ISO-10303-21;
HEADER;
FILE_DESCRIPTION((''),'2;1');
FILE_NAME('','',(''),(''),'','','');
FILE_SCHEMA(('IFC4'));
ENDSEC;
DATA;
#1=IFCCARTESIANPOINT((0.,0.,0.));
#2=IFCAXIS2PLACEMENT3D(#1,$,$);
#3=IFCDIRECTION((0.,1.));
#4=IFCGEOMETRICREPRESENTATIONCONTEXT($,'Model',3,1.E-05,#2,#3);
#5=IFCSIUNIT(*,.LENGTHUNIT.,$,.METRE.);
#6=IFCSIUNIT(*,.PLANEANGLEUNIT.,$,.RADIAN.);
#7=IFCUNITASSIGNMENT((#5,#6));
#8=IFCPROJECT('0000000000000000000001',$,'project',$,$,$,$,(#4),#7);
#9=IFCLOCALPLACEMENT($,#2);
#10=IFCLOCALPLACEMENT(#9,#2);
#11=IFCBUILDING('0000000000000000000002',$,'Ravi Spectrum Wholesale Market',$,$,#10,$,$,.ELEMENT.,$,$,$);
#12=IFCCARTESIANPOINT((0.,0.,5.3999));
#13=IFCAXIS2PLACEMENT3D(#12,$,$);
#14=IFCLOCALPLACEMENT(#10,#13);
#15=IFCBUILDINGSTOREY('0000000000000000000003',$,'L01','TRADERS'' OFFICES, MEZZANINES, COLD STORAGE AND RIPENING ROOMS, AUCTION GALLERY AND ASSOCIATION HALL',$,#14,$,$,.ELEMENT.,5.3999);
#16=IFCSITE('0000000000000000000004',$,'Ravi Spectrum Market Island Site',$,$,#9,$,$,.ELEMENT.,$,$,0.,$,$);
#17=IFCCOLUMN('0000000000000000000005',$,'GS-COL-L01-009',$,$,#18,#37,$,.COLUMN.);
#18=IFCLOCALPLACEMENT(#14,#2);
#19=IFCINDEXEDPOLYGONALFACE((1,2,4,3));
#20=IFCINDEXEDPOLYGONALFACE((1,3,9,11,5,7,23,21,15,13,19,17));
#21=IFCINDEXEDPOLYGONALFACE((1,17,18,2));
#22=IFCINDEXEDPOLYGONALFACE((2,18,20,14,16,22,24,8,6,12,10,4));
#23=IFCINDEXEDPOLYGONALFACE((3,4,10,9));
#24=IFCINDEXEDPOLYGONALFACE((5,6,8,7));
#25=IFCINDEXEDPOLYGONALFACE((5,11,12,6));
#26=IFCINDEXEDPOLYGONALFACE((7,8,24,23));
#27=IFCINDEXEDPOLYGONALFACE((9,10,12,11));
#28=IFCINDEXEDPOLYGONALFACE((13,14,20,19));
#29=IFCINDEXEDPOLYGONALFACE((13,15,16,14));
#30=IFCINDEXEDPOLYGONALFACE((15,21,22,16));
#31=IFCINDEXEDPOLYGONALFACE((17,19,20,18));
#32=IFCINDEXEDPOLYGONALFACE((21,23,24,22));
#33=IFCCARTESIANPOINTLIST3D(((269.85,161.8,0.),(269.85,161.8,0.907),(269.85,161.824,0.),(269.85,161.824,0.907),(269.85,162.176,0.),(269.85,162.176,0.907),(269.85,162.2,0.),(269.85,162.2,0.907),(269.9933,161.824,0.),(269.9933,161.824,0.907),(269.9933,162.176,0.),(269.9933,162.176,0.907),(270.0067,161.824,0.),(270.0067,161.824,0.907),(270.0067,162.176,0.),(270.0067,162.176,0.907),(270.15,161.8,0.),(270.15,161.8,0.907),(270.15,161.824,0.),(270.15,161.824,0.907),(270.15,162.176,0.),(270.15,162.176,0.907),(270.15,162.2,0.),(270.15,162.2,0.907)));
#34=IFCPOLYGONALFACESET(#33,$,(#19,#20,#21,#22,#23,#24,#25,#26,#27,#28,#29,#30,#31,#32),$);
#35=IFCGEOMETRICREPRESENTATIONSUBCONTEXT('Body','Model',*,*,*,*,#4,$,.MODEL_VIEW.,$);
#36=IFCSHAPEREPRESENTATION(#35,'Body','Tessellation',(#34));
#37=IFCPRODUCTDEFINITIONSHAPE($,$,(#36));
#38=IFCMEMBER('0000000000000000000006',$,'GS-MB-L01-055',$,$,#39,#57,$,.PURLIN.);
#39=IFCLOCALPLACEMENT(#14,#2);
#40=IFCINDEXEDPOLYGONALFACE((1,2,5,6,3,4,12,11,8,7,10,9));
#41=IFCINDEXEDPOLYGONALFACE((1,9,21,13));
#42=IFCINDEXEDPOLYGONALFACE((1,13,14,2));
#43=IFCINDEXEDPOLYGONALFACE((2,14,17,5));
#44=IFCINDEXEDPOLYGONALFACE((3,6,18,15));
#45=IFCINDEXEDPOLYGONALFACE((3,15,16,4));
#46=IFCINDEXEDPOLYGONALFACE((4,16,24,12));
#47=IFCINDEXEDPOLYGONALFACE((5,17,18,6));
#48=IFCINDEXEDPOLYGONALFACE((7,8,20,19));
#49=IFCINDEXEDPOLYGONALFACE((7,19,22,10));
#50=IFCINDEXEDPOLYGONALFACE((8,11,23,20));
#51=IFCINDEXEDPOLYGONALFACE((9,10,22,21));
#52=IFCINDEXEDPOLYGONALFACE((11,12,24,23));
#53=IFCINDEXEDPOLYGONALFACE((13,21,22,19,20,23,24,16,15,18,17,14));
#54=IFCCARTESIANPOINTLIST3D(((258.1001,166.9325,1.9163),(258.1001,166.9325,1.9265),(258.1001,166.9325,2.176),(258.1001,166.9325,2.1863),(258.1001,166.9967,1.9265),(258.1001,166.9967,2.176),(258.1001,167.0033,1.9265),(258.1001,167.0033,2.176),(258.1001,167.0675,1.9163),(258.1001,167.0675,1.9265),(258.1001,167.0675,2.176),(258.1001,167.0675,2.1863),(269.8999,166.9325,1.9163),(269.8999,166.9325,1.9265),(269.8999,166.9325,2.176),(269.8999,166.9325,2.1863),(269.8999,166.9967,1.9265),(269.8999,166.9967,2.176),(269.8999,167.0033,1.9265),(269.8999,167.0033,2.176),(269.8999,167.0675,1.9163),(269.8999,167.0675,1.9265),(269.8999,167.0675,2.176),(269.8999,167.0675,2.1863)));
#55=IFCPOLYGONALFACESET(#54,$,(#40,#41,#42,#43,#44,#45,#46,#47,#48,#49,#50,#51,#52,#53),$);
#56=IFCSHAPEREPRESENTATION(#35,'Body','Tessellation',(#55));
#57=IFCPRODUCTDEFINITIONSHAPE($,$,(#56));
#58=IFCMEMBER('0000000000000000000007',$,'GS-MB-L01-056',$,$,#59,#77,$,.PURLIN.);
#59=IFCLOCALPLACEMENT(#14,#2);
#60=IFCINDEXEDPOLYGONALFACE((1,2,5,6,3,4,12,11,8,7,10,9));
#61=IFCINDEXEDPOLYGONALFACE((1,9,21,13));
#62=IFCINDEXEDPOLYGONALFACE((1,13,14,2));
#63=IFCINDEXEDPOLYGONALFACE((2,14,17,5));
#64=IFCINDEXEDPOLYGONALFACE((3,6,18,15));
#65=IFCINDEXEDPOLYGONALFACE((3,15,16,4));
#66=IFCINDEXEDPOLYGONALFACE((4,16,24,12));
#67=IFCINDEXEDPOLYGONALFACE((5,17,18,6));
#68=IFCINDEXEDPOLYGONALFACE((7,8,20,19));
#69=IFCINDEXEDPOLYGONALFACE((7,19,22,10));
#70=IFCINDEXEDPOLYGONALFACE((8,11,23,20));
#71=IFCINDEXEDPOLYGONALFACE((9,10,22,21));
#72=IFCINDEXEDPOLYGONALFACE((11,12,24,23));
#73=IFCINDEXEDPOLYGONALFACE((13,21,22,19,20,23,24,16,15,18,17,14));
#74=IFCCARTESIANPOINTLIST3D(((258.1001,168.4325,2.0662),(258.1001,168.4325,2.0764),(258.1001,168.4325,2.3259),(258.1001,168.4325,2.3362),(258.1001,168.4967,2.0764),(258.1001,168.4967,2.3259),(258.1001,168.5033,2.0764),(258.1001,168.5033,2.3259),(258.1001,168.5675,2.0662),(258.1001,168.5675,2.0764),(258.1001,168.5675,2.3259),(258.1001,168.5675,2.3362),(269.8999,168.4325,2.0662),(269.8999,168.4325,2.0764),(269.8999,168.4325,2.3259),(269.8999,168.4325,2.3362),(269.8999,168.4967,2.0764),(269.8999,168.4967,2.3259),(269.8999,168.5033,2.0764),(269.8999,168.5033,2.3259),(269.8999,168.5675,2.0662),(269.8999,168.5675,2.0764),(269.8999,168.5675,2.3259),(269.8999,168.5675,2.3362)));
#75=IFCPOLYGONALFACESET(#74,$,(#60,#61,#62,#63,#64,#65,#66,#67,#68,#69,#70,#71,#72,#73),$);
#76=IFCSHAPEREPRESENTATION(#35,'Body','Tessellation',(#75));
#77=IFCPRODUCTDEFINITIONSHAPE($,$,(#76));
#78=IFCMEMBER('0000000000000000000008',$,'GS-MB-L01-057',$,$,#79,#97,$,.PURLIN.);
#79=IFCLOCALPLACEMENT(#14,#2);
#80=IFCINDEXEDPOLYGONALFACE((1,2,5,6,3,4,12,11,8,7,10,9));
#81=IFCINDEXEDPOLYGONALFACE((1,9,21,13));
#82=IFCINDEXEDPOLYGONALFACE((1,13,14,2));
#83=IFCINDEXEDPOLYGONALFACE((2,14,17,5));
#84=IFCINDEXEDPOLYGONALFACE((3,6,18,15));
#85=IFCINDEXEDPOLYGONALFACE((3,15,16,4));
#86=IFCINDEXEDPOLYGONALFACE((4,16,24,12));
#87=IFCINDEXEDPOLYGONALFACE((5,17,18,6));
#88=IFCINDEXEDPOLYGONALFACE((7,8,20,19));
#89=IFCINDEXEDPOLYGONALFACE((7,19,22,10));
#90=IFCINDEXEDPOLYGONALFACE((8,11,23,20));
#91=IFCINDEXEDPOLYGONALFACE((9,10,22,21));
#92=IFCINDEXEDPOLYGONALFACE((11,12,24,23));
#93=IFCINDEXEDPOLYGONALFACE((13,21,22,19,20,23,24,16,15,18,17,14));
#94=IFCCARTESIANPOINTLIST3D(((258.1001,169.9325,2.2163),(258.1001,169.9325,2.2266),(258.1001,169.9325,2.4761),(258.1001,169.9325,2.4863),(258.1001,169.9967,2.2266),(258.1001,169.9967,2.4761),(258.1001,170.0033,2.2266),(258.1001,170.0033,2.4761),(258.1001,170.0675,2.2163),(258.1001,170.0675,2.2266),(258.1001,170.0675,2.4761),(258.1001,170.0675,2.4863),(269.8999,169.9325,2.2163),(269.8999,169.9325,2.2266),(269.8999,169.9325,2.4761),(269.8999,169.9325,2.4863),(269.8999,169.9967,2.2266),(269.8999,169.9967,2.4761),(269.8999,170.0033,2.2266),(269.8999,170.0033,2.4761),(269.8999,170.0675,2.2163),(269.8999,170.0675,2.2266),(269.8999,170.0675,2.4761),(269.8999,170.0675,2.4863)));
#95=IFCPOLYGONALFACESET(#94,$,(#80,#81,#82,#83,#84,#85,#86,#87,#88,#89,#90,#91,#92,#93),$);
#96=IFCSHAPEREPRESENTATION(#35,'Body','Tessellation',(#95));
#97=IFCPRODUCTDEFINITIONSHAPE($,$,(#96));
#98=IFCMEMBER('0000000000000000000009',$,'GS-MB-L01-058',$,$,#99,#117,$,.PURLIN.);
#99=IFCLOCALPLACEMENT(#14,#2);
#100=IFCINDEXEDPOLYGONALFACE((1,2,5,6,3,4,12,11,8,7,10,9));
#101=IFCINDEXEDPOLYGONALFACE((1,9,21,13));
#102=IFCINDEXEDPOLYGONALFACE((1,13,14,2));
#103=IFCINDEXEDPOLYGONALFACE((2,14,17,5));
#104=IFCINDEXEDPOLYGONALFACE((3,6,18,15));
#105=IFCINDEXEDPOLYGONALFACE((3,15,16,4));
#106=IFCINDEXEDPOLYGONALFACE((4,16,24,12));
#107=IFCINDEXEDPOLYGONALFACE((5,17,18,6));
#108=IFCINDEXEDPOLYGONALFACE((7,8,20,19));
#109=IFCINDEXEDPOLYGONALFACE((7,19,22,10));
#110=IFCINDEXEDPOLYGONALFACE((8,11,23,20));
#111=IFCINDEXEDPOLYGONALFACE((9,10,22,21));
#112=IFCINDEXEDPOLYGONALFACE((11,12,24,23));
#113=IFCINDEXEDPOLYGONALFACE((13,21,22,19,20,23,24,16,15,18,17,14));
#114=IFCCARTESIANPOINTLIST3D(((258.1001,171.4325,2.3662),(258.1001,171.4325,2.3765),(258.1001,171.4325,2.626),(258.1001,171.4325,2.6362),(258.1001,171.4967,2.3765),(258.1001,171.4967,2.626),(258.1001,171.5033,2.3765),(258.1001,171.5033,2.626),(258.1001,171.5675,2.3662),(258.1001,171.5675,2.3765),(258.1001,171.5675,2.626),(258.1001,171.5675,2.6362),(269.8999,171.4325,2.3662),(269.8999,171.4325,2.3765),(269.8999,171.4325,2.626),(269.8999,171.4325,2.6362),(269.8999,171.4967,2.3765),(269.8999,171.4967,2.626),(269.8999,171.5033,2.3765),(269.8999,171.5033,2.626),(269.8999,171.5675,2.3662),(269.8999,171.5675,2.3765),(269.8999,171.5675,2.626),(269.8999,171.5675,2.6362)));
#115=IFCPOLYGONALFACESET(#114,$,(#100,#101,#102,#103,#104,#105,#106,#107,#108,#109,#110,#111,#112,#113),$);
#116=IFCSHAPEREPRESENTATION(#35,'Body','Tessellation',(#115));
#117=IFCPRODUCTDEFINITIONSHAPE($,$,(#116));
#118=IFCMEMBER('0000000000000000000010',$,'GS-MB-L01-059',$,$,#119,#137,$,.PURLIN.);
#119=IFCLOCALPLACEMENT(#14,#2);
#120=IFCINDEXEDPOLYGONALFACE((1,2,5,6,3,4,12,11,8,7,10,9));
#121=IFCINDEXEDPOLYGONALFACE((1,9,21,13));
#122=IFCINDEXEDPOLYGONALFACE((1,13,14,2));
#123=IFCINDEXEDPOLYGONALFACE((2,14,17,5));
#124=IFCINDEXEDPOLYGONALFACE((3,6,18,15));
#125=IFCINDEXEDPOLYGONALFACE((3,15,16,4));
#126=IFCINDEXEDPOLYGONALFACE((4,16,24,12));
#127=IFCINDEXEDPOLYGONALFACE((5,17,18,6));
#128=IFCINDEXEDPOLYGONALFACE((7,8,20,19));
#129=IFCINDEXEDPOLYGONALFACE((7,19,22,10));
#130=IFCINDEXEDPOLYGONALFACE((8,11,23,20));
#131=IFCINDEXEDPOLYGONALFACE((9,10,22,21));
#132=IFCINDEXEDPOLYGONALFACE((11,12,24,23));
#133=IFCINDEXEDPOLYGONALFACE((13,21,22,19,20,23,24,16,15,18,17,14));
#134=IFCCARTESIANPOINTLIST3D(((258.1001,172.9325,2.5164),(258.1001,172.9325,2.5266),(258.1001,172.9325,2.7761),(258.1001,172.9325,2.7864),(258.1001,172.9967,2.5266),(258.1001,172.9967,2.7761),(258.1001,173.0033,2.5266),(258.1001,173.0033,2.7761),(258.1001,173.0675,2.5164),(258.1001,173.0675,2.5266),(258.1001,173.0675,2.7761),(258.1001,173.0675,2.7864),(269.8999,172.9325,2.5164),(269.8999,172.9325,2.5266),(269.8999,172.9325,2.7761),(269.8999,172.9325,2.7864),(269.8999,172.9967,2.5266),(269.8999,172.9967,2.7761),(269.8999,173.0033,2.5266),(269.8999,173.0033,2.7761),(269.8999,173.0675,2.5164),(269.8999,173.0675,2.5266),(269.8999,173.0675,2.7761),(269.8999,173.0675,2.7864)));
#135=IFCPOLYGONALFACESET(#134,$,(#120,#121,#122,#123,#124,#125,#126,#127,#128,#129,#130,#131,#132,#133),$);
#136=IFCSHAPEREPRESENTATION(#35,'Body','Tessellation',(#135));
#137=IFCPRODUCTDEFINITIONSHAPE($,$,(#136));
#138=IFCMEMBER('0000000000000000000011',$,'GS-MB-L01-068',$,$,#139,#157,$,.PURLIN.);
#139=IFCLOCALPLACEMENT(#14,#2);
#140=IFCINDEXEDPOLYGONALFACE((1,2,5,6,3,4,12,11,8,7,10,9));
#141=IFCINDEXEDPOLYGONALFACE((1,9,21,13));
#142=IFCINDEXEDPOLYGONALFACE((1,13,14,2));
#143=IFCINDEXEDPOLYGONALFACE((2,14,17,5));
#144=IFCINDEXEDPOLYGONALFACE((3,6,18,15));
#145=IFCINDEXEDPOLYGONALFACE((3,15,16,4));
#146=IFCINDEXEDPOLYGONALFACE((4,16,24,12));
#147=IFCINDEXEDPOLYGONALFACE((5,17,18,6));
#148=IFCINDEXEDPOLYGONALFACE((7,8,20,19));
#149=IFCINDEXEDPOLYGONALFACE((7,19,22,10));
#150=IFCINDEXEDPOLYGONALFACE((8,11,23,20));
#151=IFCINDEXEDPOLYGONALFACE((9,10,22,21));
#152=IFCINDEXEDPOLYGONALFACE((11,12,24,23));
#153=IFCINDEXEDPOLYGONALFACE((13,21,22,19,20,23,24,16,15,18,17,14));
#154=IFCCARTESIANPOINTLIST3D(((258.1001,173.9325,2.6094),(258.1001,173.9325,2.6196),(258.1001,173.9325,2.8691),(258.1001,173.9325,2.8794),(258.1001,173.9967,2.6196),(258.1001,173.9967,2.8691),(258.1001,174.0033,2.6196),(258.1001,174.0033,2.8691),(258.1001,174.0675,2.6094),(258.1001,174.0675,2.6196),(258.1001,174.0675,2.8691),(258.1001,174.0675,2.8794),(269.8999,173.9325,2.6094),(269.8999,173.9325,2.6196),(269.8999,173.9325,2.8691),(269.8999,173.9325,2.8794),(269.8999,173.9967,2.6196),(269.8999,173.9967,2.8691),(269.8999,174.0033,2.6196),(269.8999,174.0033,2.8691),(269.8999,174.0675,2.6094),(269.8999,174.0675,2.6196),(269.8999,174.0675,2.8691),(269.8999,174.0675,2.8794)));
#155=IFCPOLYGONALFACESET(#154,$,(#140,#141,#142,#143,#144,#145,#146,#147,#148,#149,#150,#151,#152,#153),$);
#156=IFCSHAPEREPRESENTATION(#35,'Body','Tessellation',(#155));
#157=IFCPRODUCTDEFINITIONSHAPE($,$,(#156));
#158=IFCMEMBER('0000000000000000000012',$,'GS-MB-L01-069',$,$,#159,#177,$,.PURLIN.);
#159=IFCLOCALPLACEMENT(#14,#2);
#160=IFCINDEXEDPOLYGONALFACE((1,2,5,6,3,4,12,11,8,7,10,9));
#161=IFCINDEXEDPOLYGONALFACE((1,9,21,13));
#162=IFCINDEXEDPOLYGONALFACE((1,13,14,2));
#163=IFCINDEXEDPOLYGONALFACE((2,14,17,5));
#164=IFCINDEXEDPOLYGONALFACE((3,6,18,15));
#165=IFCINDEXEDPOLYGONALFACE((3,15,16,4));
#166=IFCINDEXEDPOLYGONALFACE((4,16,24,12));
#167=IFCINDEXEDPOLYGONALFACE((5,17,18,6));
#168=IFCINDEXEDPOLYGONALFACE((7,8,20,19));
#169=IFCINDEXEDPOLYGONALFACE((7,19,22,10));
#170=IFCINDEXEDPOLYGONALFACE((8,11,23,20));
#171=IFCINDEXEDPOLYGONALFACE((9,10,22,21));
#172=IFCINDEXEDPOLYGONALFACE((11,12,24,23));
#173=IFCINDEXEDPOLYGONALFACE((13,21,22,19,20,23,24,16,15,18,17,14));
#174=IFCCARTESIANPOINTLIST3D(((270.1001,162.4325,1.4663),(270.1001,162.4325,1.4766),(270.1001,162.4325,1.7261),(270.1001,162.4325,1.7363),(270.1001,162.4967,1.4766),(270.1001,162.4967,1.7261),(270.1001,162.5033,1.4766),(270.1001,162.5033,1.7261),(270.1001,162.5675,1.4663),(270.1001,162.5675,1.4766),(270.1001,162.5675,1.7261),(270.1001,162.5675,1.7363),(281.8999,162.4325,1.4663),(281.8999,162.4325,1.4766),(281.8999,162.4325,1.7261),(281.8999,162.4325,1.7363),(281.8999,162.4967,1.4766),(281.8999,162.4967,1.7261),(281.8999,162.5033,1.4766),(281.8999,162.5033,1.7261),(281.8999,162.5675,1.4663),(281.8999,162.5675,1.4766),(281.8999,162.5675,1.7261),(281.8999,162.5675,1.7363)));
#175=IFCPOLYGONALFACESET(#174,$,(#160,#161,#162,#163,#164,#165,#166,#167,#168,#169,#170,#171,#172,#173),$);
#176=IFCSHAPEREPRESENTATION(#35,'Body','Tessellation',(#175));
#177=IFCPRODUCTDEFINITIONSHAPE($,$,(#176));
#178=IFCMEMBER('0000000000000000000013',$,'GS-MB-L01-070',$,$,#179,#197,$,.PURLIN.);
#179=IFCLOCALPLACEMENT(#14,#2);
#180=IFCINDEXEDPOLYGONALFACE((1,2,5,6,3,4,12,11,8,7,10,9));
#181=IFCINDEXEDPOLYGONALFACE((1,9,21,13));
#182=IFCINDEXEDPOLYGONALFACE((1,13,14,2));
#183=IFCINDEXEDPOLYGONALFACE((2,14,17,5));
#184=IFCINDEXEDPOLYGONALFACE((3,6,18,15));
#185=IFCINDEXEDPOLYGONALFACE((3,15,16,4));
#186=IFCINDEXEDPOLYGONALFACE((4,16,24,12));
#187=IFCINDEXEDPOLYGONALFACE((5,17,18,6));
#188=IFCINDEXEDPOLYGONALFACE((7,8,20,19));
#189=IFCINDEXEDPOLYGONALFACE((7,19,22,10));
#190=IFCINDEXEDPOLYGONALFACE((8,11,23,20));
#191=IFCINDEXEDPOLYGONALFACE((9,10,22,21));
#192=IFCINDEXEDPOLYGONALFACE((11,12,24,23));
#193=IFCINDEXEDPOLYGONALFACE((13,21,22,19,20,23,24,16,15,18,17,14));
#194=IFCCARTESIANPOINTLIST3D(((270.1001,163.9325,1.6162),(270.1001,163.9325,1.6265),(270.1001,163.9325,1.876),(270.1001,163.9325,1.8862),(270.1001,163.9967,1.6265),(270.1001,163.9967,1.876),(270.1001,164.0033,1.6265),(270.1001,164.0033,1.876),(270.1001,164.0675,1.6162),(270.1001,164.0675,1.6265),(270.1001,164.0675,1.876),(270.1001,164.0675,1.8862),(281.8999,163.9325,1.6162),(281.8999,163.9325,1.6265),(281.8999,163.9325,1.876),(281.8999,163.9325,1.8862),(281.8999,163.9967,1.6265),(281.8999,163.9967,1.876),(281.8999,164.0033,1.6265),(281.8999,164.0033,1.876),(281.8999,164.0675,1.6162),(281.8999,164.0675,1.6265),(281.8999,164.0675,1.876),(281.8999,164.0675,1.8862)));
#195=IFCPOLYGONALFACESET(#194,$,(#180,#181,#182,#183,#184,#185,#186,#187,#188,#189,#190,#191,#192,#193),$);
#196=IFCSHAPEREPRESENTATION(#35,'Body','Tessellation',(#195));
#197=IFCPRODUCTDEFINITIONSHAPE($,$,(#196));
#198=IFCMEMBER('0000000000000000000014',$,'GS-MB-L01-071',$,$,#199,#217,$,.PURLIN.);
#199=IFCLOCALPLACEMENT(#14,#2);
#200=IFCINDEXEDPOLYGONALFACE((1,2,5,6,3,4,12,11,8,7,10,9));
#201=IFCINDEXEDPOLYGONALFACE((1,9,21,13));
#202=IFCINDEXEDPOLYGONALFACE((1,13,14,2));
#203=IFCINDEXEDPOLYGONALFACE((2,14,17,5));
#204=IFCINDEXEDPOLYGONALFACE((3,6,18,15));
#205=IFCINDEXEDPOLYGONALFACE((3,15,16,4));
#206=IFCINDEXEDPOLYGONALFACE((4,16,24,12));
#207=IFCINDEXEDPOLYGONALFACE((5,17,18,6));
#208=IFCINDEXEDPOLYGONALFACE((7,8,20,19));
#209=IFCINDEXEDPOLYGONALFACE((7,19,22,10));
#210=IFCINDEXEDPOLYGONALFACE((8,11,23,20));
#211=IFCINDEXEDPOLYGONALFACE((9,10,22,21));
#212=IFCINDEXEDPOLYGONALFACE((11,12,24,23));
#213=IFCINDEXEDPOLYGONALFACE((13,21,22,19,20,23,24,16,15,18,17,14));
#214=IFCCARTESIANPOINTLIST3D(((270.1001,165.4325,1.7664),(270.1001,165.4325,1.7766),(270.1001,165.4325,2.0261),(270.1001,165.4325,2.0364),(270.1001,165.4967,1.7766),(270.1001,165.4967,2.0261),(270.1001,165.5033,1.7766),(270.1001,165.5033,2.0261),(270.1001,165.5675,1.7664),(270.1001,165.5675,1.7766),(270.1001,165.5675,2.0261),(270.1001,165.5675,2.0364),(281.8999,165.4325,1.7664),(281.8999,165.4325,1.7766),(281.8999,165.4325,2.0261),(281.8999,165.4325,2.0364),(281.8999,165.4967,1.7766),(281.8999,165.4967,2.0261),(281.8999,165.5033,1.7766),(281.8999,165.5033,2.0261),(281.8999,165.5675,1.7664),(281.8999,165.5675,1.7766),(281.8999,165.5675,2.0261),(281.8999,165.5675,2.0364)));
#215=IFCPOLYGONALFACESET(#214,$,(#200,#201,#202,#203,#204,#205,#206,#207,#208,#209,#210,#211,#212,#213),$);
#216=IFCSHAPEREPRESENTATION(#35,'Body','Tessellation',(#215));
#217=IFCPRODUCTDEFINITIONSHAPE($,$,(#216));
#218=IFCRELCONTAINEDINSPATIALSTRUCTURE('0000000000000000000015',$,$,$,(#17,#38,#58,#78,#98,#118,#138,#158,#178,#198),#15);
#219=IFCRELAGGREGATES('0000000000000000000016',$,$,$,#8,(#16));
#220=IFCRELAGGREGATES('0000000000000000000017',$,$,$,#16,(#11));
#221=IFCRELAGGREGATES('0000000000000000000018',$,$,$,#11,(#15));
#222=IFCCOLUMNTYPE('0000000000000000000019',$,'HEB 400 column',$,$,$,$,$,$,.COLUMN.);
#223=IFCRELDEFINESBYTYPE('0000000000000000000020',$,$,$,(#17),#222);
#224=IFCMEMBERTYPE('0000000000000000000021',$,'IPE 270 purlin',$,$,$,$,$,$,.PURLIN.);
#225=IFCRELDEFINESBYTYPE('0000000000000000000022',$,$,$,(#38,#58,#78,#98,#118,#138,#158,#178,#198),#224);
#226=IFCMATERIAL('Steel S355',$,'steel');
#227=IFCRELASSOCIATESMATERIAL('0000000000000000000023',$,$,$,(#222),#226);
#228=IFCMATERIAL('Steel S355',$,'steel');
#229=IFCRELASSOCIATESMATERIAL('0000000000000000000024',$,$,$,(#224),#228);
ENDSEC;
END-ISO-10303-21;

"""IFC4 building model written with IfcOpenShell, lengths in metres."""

from ifc_helpers import new_model, si_unit, direction, frame, origin, origin_2d, place, context, subcontext, project, spatial, i_section, extrude, material, material_profile, profile_set, type_object, element, save


model = new_model("IFC4")

# Units and contexts
model_context = context("Model", 3, precision=1e-05, world=origin(), true_north=direction((0.0, 1.0)))
body_context = subcontext(model_context, "Body", "Model", "MODEL_VIEW")
ifc_project = project(units=[si_unit("LENGTHUNIT", "METRE"), si_unit("PLANEANGLEUNIT", "RADIAN")], contexts=[model_context])

# Site, building, storey
site_placement = place(None, origin())
site = spatial("IfcSite", under=ifc_project, at=site_placement, Name="Ravi Spectrum Market Island Site", CompositionType="ELEMENT", RefElevation=0.0)
building_placement = place(site_placement, origin())
building = spatial("IfcBuilding", under=site, at=building_placement, Name="Ravi Spectrum Wholesale Market", CompositionType="ELEMENT")
storey_placement = place(building_placement, frame((0.0, 0.0, 5.3999)))
storey = spatial("IfcBuildingStorey", under=building, at=storey_placement, Name="L01", Description="TRADERS' OFFICES, MEZZANINES, COLD STORAGE AND RIPENING ROOMS, AUCTION GALLERY AND ASSOCIATION HALL", CompositionType="ELEMENT", Elevation=5.3999)

# Column
ifc_material_1 = material(Name="Steel S355", Category="steel")
ifc_material_profile_1 = material_profile(ifc_material_1, i_section(OverallWidth=0.3, OverallDepth=0.3999, WebThickness=0.0134, FlangeThickness=0.0239, at=origin_2d()))
ifc_profile_set_1 = profile_set([ifc_material_profile_1], Name="Steel S355")
column_type = type_object("IfcColumnType", Name="HEB 400 column", PredefinedType="COLUMN", material=ifc_profile_set_1)
column_placement = place(storey_placement, frame((270.0, 162.0, 0.0), z_axis=(0.0, 0.0, 1.0), x_axis=(1.0, 0.0, 0.0)))
element("IfcColumn", 1, at=column_placement, inside=storey, type_object=column_type, Name="GS-COL-L01-009", PredefinedType="COLUMN", context=body_context, shape_type="SweptSolid", body=[
    extrude(i_section(OverallWidth=0.3, OverallDepth=0.3999, WebThickness=0.0134, FlangeThickness=0.0239, at=origin_2d()), origin(), (0.0, 0.0, 1.0), 0.907),
])

# Members
ifc_material_2 = material(Name="Steel S355", Category="steel")
ifc_material_profile_2 = material_profile(ifc_material_2, i_section(OverallWidth=0.135, OverallDepth=0.27, WebThickness=0.0066, FlangeThickness=0.0103, at=origin_2d()))
ifc_profile_set_2 = profile_set([ifc_material_profile_2], Name="Steel S355")
member_type = type_object("IfcMemberType", Name="IPE 270 purlin", PredefinedType="PURLIN", material=ifc_profile_set_2)
for number, where, z_axis, x_axis, name in (
    (2, (258.1001, 167.0, 2.0513), (1.0, 0.0, 0.0), (0.0, 1.0, 0.0), "GS-MB-L01-055"),
    (3, (258.1001, 168.5, 2.2012), (1.0, 0.0, 0.0), (0.0, 1.0, 0.0), "GS-MB-L01-056"),
    (4, (258.1001, 170.0, 2.3513), (1.0, 0.0, 0.0), (0.0, 1.0, 0.0), "GS-MB-L01-057"),
    (5, (258.1001, 171.5, 2.5012), (1.0, 0.0, 0.0), (0.0, 1.0, 0.0), "GS-MB-L01-058"),
    (6, (258.1001, 173.0, 2.6514), (1.0, 0.0, 0.0), (0.0, 1.0, 0.0), "GS-MB-L01-059"),
    (7, (258.1001, 174.0, 2.7444), (1.0, 0.0, 0.0), (0.0, 1.0, 0.0), "GS-MB-L01-068"),
    (8, (270.1001, 162.5, 1.6013), (1.0, 0.0, 0.0), (0.0, 1.0, 0.0), "GS-MB-L01-069"),
    (9, (270.1001, 164.0, 1.7512), (1.0, 0.0, 0.0), (0.0, 1.0, 0.0), "GS-MB-L01-070"),
    (10, (270.1001, 165.5, 1.9014), (1.0, 0.0, 0.0), (0.0, 1.0, 0.0), "GS-MB-L01-071"),
):
    element("IfcMember", number, at=place(storey_placement, frame(where, z_axis=z_axis, x_axis=x_axis)), inside=storey, type_object=member_type, Name=name, PredefinedType="PURLIN", context=body_context, shape_type="SweptSolid", body=[
        extrude(i_section(OverallWidth=0.135, OverallDepth=0.27, WebThickness=0.0066, FlangeThickness=0.0103, at=origin_2d()), origin(), (0.0, 0.0, 1.0), 11.7998),
    ])

save(model, "model.ifc")
